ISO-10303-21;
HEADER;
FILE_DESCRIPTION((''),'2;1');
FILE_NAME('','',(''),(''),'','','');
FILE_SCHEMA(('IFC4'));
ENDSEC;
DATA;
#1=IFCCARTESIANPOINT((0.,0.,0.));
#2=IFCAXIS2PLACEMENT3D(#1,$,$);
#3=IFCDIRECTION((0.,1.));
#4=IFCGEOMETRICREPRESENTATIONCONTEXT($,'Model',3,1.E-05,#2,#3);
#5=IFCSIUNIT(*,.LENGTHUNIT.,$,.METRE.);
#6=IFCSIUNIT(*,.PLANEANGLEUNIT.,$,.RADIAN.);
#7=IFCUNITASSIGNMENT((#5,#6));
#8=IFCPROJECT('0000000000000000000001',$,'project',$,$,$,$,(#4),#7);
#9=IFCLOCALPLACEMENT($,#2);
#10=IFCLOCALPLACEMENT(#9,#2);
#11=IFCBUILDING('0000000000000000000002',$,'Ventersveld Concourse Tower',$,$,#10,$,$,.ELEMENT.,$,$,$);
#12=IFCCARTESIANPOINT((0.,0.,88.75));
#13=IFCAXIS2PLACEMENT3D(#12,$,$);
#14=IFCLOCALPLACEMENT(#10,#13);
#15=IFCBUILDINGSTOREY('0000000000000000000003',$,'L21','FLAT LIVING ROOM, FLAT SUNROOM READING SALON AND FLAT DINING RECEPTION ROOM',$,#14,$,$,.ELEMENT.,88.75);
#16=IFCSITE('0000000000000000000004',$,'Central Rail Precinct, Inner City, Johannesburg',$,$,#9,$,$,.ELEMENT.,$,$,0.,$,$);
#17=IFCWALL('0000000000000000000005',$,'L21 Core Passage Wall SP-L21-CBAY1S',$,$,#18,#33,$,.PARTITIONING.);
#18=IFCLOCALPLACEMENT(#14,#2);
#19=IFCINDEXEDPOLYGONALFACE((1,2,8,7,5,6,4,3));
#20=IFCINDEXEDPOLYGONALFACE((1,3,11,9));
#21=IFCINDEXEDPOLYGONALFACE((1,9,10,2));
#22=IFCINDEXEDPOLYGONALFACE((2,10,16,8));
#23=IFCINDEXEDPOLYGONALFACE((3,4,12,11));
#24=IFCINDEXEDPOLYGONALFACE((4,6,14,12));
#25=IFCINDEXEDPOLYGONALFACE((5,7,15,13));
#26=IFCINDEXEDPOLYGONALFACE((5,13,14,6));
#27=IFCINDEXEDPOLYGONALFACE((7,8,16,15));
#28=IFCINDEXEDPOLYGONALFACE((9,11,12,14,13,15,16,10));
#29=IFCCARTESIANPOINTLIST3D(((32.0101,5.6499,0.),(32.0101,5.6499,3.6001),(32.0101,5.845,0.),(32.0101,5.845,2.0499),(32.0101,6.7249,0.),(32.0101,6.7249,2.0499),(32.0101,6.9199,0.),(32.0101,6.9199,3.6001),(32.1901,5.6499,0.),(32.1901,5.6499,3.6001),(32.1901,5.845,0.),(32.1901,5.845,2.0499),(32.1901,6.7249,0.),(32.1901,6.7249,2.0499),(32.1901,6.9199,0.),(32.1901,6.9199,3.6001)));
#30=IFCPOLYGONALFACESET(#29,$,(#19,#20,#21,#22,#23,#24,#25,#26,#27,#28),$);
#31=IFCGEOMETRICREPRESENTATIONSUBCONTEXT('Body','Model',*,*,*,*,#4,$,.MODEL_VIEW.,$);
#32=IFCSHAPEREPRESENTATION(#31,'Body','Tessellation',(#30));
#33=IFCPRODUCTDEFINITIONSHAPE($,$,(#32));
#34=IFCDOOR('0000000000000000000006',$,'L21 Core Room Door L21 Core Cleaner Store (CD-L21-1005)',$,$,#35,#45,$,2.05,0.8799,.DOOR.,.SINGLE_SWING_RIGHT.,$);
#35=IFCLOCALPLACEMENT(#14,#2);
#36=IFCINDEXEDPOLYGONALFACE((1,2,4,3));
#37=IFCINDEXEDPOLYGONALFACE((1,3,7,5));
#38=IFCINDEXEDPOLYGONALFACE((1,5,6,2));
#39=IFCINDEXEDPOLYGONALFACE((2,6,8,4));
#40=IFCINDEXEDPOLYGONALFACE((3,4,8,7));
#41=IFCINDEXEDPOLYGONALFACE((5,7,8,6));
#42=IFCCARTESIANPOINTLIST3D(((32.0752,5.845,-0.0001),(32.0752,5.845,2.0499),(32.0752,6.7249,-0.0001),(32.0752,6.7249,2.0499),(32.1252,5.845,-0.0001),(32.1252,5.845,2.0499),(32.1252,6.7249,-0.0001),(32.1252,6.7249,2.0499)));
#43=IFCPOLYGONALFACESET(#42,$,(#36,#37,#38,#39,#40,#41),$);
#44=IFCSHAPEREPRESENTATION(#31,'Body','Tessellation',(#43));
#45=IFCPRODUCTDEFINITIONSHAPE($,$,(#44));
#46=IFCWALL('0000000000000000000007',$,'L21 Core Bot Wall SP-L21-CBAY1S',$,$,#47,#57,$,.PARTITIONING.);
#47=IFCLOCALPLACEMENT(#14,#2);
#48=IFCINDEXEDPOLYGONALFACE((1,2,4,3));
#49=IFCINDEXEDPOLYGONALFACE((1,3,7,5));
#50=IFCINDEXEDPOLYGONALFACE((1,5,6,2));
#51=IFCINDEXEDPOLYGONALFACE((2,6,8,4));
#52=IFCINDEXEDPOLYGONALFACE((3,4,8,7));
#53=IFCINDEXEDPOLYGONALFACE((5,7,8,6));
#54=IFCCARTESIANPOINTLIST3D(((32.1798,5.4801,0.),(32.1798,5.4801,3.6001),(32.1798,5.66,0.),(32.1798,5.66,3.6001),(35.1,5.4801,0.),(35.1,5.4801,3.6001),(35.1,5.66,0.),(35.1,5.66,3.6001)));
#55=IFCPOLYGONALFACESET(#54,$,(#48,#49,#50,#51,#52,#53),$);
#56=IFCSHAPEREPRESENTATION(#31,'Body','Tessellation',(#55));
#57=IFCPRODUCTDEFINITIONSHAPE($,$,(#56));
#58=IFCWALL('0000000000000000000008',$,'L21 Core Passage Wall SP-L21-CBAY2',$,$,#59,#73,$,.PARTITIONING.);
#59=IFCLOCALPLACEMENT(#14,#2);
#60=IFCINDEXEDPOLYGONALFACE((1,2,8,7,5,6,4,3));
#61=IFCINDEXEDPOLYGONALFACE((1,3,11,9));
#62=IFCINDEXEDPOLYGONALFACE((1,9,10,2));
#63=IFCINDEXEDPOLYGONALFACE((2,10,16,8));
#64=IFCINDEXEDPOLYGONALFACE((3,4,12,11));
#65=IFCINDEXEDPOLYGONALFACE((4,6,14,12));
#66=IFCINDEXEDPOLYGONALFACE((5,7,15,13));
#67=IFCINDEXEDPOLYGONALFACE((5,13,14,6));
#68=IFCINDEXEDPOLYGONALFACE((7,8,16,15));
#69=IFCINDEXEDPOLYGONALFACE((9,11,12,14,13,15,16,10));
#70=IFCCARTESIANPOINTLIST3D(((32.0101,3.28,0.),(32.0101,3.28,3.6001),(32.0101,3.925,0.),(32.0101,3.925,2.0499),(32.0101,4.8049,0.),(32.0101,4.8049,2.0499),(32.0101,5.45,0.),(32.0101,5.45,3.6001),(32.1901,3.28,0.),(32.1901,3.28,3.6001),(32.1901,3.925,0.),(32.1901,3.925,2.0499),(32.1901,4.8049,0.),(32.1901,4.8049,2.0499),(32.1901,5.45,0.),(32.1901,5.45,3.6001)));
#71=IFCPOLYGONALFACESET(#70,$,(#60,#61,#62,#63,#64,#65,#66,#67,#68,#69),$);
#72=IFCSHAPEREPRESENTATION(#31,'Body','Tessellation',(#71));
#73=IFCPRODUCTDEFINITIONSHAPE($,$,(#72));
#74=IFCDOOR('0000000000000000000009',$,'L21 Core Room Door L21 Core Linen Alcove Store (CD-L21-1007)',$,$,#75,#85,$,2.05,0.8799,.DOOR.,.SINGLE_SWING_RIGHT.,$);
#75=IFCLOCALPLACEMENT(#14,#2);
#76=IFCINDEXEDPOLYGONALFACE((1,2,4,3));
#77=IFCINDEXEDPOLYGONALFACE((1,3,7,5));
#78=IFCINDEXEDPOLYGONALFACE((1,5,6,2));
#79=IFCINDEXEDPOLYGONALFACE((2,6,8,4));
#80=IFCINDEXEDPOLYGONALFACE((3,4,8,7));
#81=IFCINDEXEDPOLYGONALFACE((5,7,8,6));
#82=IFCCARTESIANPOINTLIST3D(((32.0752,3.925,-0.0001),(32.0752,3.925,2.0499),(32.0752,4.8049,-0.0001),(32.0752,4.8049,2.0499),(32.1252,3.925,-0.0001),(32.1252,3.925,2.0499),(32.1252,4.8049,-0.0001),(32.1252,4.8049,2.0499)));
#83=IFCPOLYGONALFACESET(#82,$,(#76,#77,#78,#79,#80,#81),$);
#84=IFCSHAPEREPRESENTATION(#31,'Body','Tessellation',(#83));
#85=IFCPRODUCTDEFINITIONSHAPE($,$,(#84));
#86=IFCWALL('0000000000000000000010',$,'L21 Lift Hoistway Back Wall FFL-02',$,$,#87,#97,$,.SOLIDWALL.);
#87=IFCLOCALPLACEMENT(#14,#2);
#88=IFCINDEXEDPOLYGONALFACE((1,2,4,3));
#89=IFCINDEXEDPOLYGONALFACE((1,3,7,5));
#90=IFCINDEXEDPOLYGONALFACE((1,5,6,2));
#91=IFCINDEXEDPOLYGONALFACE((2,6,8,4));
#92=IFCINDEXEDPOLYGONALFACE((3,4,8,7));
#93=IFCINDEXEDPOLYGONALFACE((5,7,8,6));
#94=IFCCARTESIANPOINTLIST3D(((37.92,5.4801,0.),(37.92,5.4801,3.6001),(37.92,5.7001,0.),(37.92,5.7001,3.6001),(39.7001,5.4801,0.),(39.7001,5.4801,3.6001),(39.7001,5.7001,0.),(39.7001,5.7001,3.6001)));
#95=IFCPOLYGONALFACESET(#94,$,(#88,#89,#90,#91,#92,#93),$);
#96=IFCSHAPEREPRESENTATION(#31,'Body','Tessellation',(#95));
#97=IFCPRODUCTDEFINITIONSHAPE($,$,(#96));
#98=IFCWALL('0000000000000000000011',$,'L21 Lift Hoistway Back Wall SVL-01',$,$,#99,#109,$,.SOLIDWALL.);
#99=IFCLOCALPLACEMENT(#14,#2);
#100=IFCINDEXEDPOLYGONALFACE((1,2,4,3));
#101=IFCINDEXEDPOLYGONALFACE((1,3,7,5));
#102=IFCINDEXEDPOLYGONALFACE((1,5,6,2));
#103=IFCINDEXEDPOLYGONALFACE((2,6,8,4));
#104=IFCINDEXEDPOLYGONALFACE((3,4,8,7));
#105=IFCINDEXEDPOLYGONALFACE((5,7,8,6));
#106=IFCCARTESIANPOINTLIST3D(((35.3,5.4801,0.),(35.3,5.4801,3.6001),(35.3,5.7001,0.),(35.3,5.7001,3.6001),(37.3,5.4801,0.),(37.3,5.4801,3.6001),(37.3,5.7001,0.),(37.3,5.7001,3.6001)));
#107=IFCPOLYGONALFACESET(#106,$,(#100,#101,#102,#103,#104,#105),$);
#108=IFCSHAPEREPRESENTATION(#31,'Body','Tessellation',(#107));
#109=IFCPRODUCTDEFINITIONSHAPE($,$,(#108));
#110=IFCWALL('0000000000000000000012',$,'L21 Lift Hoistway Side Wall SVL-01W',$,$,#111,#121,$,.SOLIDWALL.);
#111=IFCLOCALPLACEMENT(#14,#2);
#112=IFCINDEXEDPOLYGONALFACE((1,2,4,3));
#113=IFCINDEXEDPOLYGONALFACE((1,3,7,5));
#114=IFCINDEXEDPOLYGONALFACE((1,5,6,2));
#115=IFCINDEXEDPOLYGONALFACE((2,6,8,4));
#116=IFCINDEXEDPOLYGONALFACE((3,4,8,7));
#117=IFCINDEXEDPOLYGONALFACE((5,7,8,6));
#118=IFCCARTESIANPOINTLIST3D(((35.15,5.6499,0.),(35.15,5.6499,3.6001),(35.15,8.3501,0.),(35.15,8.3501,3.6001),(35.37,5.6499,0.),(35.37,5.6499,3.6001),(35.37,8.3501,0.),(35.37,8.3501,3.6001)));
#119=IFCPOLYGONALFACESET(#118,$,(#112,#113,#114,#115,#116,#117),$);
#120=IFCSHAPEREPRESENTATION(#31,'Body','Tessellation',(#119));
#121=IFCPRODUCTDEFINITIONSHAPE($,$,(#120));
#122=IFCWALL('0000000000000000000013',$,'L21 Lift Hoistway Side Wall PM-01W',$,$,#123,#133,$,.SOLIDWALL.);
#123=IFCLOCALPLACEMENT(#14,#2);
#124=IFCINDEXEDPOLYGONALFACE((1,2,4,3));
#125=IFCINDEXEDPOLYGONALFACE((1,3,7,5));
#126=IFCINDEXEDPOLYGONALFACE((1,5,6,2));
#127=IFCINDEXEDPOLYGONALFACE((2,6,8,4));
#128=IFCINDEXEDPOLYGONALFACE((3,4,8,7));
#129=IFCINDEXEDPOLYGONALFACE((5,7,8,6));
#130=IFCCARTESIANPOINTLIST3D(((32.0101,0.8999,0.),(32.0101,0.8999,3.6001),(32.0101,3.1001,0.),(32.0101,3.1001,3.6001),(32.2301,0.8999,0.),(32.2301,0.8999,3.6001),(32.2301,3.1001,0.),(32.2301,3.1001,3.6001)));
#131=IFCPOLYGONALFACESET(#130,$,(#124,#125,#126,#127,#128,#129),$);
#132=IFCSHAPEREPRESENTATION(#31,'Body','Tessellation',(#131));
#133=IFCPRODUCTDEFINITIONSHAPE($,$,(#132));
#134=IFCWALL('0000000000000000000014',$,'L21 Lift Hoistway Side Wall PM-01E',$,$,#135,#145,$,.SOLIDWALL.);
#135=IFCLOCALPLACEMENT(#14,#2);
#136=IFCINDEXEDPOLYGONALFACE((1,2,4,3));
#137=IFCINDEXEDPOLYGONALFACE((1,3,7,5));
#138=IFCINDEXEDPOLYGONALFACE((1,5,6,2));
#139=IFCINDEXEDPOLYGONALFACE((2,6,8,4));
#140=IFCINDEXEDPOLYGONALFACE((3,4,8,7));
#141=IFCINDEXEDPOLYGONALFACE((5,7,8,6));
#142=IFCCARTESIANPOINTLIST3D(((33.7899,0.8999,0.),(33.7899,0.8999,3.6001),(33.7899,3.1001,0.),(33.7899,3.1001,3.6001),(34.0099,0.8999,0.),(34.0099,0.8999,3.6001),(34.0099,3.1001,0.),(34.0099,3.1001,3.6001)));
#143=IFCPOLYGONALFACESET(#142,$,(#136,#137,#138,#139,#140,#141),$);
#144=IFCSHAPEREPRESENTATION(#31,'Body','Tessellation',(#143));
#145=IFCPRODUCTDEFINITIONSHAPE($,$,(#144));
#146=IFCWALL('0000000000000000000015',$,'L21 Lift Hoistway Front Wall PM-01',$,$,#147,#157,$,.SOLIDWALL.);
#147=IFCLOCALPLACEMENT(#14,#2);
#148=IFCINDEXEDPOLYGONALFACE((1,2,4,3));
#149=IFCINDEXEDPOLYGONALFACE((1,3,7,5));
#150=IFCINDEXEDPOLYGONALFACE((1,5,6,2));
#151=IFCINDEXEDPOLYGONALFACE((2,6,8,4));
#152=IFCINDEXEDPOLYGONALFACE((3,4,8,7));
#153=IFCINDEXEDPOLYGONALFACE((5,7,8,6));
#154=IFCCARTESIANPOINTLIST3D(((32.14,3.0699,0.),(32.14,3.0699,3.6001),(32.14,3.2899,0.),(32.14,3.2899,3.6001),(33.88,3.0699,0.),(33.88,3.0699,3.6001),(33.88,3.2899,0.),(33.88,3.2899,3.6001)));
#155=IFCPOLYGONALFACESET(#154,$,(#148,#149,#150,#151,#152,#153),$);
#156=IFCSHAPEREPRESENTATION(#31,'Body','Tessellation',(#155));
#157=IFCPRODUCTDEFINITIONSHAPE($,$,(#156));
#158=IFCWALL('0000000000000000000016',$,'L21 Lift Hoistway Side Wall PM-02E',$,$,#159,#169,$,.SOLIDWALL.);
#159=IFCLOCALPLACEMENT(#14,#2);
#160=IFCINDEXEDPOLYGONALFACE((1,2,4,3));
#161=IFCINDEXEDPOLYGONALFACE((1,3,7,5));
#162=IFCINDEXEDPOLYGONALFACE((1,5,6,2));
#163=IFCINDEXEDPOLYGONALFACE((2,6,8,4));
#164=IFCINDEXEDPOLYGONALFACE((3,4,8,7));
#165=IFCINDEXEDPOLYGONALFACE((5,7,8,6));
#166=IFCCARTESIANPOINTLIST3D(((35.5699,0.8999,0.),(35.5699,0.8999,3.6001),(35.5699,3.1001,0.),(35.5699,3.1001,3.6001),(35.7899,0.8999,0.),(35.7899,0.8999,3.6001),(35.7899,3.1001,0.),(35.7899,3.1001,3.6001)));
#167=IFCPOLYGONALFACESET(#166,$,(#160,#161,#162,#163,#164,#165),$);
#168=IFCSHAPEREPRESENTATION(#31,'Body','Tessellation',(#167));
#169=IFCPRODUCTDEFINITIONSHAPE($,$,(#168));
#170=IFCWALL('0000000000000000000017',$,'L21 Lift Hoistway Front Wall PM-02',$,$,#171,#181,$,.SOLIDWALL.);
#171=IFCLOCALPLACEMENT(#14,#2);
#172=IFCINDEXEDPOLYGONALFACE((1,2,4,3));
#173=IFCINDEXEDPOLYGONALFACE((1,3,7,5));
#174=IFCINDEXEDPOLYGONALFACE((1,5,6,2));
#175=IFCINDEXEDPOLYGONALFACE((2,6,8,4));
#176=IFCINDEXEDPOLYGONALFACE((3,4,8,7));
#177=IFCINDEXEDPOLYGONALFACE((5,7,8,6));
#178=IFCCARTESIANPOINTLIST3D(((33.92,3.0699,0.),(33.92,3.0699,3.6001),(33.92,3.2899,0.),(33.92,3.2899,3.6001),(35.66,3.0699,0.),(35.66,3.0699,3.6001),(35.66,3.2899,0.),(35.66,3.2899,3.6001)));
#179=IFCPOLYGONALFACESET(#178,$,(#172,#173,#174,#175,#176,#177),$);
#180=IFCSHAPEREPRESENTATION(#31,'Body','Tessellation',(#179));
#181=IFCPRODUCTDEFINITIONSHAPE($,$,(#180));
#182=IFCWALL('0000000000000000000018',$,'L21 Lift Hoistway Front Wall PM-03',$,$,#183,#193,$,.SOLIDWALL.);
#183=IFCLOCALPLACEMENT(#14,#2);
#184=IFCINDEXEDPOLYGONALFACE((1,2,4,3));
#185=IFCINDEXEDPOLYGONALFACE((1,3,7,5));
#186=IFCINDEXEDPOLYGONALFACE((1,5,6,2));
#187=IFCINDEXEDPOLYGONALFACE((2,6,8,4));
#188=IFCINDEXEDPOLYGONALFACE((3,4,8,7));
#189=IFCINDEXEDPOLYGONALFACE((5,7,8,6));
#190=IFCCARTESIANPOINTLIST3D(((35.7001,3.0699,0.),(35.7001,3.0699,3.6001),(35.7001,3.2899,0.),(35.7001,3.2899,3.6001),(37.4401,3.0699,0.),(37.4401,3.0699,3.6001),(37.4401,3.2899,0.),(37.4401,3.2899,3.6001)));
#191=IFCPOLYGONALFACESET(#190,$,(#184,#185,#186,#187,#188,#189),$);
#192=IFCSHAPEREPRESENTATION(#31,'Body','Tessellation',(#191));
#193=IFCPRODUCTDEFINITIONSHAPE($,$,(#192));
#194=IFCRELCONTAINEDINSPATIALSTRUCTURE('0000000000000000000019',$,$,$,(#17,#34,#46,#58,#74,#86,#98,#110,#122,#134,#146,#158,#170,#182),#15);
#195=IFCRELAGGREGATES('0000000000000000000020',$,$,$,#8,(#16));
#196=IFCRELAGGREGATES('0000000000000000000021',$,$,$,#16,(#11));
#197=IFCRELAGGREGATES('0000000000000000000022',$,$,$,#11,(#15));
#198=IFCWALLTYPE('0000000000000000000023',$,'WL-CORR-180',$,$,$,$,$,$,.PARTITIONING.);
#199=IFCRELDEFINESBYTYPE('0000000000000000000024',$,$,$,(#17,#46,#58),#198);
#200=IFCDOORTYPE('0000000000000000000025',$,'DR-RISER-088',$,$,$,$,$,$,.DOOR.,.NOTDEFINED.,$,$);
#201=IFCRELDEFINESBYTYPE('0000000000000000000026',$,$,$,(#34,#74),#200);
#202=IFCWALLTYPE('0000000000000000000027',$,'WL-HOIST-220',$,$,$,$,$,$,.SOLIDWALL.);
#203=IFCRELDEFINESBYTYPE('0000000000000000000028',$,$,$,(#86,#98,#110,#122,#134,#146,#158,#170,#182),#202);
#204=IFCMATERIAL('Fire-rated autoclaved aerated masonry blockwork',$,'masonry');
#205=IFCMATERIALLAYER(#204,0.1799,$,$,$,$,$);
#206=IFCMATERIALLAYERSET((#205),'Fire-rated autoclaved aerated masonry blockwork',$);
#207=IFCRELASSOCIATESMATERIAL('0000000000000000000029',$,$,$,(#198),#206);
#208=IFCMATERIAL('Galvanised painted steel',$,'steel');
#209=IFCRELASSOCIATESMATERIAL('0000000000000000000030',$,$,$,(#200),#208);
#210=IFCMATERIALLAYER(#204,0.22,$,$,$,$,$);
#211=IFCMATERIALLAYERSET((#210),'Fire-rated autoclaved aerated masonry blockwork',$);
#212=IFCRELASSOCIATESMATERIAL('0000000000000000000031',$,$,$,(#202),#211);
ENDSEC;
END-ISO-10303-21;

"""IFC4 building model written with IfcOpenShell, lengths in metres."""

from ifc_helpers import new_model, si_unit, direction, frame, frame_2d, origin, place, context, subcontext, project, spatial, rectangle, extrude, material, layer, layer_set, type_object, element, fill, save


model = new_model("IFC4")

# Units and contexts
model_context = context("Model", 3, precision=1e-05, world=origin(), true_north=direction((0.0, 1.0)))
body_context = subcontext(model_context, "Body", "Model", "MODEL_VIEW")
ifc_project = project(units=[si_unit("LENGTHUNIT", "METRE"), si_unit("PLANEANGLEUNIT", "RADIAN")], contexts=[model_context])

# Site, building, storey
site_placement = place(None, origin())
site = spatial("IfcSite", under=ifc_project, at=site_placement, Name="Central Rail Precinct, Inner City, Johannesburg", CompositionType="ELEMENT", RefElevation=0.0)
building_placement = place(site_placement, origin())
building = spatial("IfcBuilding", under=site, at=building_placement, Name="Ventersveld Concourse Tower", CompositionType="ELEMENT")
storey_placement = place(building_placement, frame((0.0, 0.0, 88.75)))
storey = spatial("IfcBuildingStorey", under=building, at=storey_placement, Name="L21", Description="FLAT LIVING ROOM, FLAT SUNROOM READING SALON AND FLAT DINING RECEPTION ROOM", CompositionType="ELEMENT", Elevation=88.75)

# Wall, opening, door
ifc_material_1 = material(Name="Fire-rated autoclaved aerated masonry blockwork", Category="masonry")
ifc_layer_1 = layer(ifc_material_1, 0.1799)
ifc_layer_set_1 = layer_set([ifc_layer_1], Name="Fire-rated autoclaved aerated masonry blockwork")
wall_type_1 = type_object("IfcWallType", Name="WL-CORR-180", PredefinedType="PARTITIONING", material=ifc_layer_set_1)
wall_1_placement = place(storey_placement, frame((32.1001, 5.6499, 0.0), z_axis=(0.0, 0.0, 1.0), x_axis=(0.0, 1.0, 0.0)))
wall_1 = element("IfcWall", 1, at=wall_1_placement, inside=storey, type_object=wall_type_1, Name="L21 Core Passage Wall SP-L21-CBAY1S", PredefinedType="PARTITIONING", context=body_context, shape_type="SweptSolid", body=[
    extrude(rectangle(XDim=1.27, YDim=0.1799, at=frame_2d((0.635, 0.0))), origin(), (0.0, 0.0, 1.0), 3.6001),
])
opening_1_placement = place(wall_1_placement, frame((0.1951, 0.0, 0.0)))
opening_1 = element("IfcOpeningElement", 2, at=opening_1_placement, cuts=wall_1, PredefinedType="OPENING", context=body_context, shape_type="SweptSolid", body=[
    extrude(rectangle(XDim=0.8799, YDim=2.05, at=frame_2d((0.4399, 1.0249))), frame((0.0, 0.1001, 0.0), z_axis=(0.0, -1.0, 0.0), x_axis=(1.0, 0.0, 0.0)), (0.0, 0.0, 1.0), 0.2),
])
ifc_material_2 = material(Name="Galvanised painted steel", Category="steel")
door_type = type_object("IfcDoorType", Name="DR-RISER-088", OperationType="NOTDEFINED", PredefinedType="DOOR", material=ifc_material_2)
door_1_placement = place(opening_1_placement, origin())
door_1 = element("IfcDoor", 3, at=door_1_placement, inside=storey, type_object=door_type, Name="L21 Core Room Door L21 Core Cleaner Store (CD-L21-1005)", OperationType="SINGLE_SWING_RIGHT", OverallHeight=2.05, OverallWidth=0.8799, PredefinedType="DOOR", context=body_context, shape_type="SweptSolid", body=[
    extrude(rectangle(XDim=0.8799, YDim=2.05, at=frame_2d((0.4399, 1.0249))), frame((0.0, 0.0249, 0.0), z_axis=(0.0, -1.0, 0.0), x_axis=(1.0, 0.0, 0.0)), (0.0, 0.0, 1.0), 0.05),
])
fill(opening_1, door_1)

# Wall
wall_2_placement = place(storey_placement, frame((32.1799, 5.5701, 0.0), z_axis=(0.0, 0.0, 1.0), x_axis=(1.0, 0.0, 0.0)))
element("IfcWall", 4, at=wall_2_placement, inside=storey, type_object=wall_type_1, Name="L21 Core Bot Wall SP-L21-CBAY1S", PredefinedType="PARTITIONING", context=body_context, shape_type="SweptSolid", body=[
    extrude(rectangle(XDim=2.9202, YDim=0.1799, at=frame_2d((1.46, 0.0))), origin(), (0.0, 0.0, 1.0), 3.6001),
])

# Wall, opening, door
wall_3_placement = place(storey_placement, frame((32.1001, 3.28, 0.0), z_axis=(0.0, 0.0, 1.0), x_axis=(0.0, 1.0, 0.0)))
wall_3 = element("IfcWall", 5, at=wall_3_placement, inside=storey, type_object=wall_type_1, Name="L21 Core Passage Wall SP-L21-CBAY2", PredefinedType="PARTITIONING", context=body_context, shape_type="SweptSolid", body=[
    extrude(rectangle(XDim=2.1699, YDim=0.1799, at=frame_2d((1.085, 0.0))), origin(), (0.0, 0.0, 1.0), 3.6001),
])
opening_2_placement = place(wall_3_placement, frame((0.645, 0.0, 0.0)))
opening_2 = element("IfcOpeningElement", 6, at=opening_2_placement, cuts=wall_3, PredefinedType="OPENING", context=body_context, shape_type="SweptSolid", body=[
    extrude(rectangle(XDim=0.8799, YDim=2.05, at=frame_2d((0.4399, 1.0249))), frame((0.0, 0.1001, 0.0), z_axis=(0.0, -1.0, 0.0), x_axis=(1.0, 0.0, 0.0)), (0.0, 0.0, 1.0), 0.2),
])
door_2_placement = place(opening_2_placement, origin())
door_2 = element("IfcDoor", 7, at=door_2_placement, inside=storey, type_object=door_type, Name="L21 Core Room Door L21 Core Linen Alcove Store (CD-L21-1007)", OperationType="SINGLE_SWING_RIGHT", OverallHeight=2.05, OverallWidth=0.8799, PredefinedType="DOOR", context=body_context, shape_type="SweptSolid", body=[
    extrude(rectangle(XDim=0.8799, YDim=2.05, at=frame_2d((0.4399, 1.0249))), frame((0.0, 0.0249, 0.0), z_axis=(0.0, -1.0, 0.0), x_axis=(1.0, 0.0, 0.0)), (0.0, 0.0, 1.0), 0.05),
])
fill(opening_2, door_2)

# Walls
ifc_layer_2 = layer(ifc_material_1, 0.22)
ifc_layer_set_2 = layer_set([ifc_layer_2], Name="Fire-rated autoclaved aerated masonry blockwork")
wall_type_2 = type_object("IfcWallType", Name="WL-HOIST-220", PredefinedType="SOLIDWALL", material=ifc_layer_set_2)
wall_4_placement = place(storey_placement, frame((37.9199, 5.5901, 0.0), z_axis=(0.0, 0.0, 1.0), x_axis=(1.0, 0.0, 0.0)))
element("IfcWall", 8, at=wall_4_placement, inside=storey, type_object=wall_type_2, Name="L21 Lift Hoistway Back Wall FFL-02", PredefinedType="SOLIDWALL", context=body_context, shape_type="SweptSolid", body=[
    extrude(rectangle(XDim=1.78, YDim=0.22, at=frame_2d((0.8901, 0.0))), origin(), (0.0, 0.0, 1.0), 3.6001),
])
wall_5_placement = place(storey_placement, frame((35.3, 5.5901, 0.0), z_axis=(0.0, 0.0, 1.0), x_axis=(1.0, 0.0, 0.0)))
element("IfcWall", 9, at=wall_5_placement, inside=storey, type_object=wall_type_2, Name="L21 Lift Hoistway Back Wall SVL-01", PredefinedType="SOLIDWALL", context=body_context, shape_type="SweptSolid", body=[
    extrude(rectangle(XDim=2.0, YDim=0.22, at=frame_2d((1.0, 0.0))), origin(), (0.0, 0.0, 1.0), 3.6001),
])
wall_6_placement = place(storey_placement, frame((35.26, 5.6499, 0.0), z_axis=(0.0, 0.0, 1.0), x_axis=(0.0, 1.0, 0.0)))
element("IfcWall", 10, at=wall_6_placement, inside=storey, type_object=wall_type_2, Name="L21 Lift Hoistway Side Wall SVL-01W", PredefinedType="SOLIDWALL", context=body_context, shape_type="SweptSolid", body=[
    extrude(rectangle(XDim=2.7002, YDim=0.22, at=frame_2d((1.3501, 0.0))), origin(), (0.0, 0.0, 1.0), 3.6001),
])
for number, where, z_axis, x_axis, name in (
    (11, (32.1201, 0.8999, 0.0), (0.0, 0.0, 1.0), (0.0, 1.0, 0.0), "L21 Lift Hoistway Side Wall PM-01W"),
    (12, (33.8999, 0.8999, 0.0), (0.0, 0.0, 1.0), (0.0, 1.0, 0.0), "L21 Lift Hoistway Side Wall PM-01E"),
):
    element("IfcWall", number, at=place(storey_placement, frame(where, z_axis=z_axis, x_axis=x_axis)), inside=storey, type_object=wall_type_2, Name=name, PredefinedType="SOLIDWALL", context=body_context, shape_type="SweptSolid", body=[
        extrude(rectangle(XDim=2.2002, YDim=0.22, at=frame_2d((1.1001, 0.0))), origin(), (0.0, 0.0, 1.0), 3.6001),
    ])
wall_7_placement = place(storey_placement, frame((32.1399, 3.1799, 0.0), z_axis=(0.0, 0.0, 1.0), x_axis=(1.0, 0.0, 0.0)))
element("IfcWall", 13, at=wall_7_placement, inside=storey, type_object=wall_type_2, Name="L21 Lift Hoistway Front Wall PM-01", PredefinedType="SOLIDWALL", context=body_context, shape_type="SweptSolid", body=[
    extrude(rectangle(XDim=1.74, YDim=0.22, at=frame_2d((0.8701, 0.0))), origin(), (0.0, 0.0, 1.0), 3.6001),
])
wall_8_placement = place(storey_placement, frame((35.6799, 0.8999, 0.0), z_axis=(0.0, 0.0, 1.0), x_axis=(0.0, 1.0, 0.0)))
element("IfcWall", 14, at=wall_8_placement, inside=storey, type_object=wall_type_2, Name="L21 Lift Hoistway Side Wall PM-02E", PredefinedType="SOLIDWALL", context=body_context, shape_type="SweptSolid", body=[
    extrude(rectangle(XDim=2.2002, YDim=0.22, at=frame_2d((1.1001, 0.0))), origin(), (0.0, 0.0, 1.0), 3.6001),
])
for number, where, z_axis, x_axis, name in (
    (15, (33.9199, 3.1799, 0.0), (0.0, 0.0, 1.0), (1.0, 0.0, 0.0), "L21 Lift Hoistway Front Wall PM-02"),
    (16, (35.7, 3.1799, 0.0), (0.0, 0.0, 1.0), (1.0, 0.0, 0.0), "L21 Lift Hoistway Front Wall PM-03"),
):
    element("IfcWall", number, at=place(storey_placement, frame(where, z_axis=z_axis, x_axis=x_axis)), inside=storey, type_object=wall_type_2, Name=name, PredefinedType="SOLIDWALL", context=body_context, shape_type="SweptSolid", body=[
        extrude(rectangle(XDim=1.74, YDim=0.22, at=frame_2d((0.8701, 0.0))), origin(), (0.0, 0.0, 1.0), 3.6001),
    ])

save(model, "model.ifc")
